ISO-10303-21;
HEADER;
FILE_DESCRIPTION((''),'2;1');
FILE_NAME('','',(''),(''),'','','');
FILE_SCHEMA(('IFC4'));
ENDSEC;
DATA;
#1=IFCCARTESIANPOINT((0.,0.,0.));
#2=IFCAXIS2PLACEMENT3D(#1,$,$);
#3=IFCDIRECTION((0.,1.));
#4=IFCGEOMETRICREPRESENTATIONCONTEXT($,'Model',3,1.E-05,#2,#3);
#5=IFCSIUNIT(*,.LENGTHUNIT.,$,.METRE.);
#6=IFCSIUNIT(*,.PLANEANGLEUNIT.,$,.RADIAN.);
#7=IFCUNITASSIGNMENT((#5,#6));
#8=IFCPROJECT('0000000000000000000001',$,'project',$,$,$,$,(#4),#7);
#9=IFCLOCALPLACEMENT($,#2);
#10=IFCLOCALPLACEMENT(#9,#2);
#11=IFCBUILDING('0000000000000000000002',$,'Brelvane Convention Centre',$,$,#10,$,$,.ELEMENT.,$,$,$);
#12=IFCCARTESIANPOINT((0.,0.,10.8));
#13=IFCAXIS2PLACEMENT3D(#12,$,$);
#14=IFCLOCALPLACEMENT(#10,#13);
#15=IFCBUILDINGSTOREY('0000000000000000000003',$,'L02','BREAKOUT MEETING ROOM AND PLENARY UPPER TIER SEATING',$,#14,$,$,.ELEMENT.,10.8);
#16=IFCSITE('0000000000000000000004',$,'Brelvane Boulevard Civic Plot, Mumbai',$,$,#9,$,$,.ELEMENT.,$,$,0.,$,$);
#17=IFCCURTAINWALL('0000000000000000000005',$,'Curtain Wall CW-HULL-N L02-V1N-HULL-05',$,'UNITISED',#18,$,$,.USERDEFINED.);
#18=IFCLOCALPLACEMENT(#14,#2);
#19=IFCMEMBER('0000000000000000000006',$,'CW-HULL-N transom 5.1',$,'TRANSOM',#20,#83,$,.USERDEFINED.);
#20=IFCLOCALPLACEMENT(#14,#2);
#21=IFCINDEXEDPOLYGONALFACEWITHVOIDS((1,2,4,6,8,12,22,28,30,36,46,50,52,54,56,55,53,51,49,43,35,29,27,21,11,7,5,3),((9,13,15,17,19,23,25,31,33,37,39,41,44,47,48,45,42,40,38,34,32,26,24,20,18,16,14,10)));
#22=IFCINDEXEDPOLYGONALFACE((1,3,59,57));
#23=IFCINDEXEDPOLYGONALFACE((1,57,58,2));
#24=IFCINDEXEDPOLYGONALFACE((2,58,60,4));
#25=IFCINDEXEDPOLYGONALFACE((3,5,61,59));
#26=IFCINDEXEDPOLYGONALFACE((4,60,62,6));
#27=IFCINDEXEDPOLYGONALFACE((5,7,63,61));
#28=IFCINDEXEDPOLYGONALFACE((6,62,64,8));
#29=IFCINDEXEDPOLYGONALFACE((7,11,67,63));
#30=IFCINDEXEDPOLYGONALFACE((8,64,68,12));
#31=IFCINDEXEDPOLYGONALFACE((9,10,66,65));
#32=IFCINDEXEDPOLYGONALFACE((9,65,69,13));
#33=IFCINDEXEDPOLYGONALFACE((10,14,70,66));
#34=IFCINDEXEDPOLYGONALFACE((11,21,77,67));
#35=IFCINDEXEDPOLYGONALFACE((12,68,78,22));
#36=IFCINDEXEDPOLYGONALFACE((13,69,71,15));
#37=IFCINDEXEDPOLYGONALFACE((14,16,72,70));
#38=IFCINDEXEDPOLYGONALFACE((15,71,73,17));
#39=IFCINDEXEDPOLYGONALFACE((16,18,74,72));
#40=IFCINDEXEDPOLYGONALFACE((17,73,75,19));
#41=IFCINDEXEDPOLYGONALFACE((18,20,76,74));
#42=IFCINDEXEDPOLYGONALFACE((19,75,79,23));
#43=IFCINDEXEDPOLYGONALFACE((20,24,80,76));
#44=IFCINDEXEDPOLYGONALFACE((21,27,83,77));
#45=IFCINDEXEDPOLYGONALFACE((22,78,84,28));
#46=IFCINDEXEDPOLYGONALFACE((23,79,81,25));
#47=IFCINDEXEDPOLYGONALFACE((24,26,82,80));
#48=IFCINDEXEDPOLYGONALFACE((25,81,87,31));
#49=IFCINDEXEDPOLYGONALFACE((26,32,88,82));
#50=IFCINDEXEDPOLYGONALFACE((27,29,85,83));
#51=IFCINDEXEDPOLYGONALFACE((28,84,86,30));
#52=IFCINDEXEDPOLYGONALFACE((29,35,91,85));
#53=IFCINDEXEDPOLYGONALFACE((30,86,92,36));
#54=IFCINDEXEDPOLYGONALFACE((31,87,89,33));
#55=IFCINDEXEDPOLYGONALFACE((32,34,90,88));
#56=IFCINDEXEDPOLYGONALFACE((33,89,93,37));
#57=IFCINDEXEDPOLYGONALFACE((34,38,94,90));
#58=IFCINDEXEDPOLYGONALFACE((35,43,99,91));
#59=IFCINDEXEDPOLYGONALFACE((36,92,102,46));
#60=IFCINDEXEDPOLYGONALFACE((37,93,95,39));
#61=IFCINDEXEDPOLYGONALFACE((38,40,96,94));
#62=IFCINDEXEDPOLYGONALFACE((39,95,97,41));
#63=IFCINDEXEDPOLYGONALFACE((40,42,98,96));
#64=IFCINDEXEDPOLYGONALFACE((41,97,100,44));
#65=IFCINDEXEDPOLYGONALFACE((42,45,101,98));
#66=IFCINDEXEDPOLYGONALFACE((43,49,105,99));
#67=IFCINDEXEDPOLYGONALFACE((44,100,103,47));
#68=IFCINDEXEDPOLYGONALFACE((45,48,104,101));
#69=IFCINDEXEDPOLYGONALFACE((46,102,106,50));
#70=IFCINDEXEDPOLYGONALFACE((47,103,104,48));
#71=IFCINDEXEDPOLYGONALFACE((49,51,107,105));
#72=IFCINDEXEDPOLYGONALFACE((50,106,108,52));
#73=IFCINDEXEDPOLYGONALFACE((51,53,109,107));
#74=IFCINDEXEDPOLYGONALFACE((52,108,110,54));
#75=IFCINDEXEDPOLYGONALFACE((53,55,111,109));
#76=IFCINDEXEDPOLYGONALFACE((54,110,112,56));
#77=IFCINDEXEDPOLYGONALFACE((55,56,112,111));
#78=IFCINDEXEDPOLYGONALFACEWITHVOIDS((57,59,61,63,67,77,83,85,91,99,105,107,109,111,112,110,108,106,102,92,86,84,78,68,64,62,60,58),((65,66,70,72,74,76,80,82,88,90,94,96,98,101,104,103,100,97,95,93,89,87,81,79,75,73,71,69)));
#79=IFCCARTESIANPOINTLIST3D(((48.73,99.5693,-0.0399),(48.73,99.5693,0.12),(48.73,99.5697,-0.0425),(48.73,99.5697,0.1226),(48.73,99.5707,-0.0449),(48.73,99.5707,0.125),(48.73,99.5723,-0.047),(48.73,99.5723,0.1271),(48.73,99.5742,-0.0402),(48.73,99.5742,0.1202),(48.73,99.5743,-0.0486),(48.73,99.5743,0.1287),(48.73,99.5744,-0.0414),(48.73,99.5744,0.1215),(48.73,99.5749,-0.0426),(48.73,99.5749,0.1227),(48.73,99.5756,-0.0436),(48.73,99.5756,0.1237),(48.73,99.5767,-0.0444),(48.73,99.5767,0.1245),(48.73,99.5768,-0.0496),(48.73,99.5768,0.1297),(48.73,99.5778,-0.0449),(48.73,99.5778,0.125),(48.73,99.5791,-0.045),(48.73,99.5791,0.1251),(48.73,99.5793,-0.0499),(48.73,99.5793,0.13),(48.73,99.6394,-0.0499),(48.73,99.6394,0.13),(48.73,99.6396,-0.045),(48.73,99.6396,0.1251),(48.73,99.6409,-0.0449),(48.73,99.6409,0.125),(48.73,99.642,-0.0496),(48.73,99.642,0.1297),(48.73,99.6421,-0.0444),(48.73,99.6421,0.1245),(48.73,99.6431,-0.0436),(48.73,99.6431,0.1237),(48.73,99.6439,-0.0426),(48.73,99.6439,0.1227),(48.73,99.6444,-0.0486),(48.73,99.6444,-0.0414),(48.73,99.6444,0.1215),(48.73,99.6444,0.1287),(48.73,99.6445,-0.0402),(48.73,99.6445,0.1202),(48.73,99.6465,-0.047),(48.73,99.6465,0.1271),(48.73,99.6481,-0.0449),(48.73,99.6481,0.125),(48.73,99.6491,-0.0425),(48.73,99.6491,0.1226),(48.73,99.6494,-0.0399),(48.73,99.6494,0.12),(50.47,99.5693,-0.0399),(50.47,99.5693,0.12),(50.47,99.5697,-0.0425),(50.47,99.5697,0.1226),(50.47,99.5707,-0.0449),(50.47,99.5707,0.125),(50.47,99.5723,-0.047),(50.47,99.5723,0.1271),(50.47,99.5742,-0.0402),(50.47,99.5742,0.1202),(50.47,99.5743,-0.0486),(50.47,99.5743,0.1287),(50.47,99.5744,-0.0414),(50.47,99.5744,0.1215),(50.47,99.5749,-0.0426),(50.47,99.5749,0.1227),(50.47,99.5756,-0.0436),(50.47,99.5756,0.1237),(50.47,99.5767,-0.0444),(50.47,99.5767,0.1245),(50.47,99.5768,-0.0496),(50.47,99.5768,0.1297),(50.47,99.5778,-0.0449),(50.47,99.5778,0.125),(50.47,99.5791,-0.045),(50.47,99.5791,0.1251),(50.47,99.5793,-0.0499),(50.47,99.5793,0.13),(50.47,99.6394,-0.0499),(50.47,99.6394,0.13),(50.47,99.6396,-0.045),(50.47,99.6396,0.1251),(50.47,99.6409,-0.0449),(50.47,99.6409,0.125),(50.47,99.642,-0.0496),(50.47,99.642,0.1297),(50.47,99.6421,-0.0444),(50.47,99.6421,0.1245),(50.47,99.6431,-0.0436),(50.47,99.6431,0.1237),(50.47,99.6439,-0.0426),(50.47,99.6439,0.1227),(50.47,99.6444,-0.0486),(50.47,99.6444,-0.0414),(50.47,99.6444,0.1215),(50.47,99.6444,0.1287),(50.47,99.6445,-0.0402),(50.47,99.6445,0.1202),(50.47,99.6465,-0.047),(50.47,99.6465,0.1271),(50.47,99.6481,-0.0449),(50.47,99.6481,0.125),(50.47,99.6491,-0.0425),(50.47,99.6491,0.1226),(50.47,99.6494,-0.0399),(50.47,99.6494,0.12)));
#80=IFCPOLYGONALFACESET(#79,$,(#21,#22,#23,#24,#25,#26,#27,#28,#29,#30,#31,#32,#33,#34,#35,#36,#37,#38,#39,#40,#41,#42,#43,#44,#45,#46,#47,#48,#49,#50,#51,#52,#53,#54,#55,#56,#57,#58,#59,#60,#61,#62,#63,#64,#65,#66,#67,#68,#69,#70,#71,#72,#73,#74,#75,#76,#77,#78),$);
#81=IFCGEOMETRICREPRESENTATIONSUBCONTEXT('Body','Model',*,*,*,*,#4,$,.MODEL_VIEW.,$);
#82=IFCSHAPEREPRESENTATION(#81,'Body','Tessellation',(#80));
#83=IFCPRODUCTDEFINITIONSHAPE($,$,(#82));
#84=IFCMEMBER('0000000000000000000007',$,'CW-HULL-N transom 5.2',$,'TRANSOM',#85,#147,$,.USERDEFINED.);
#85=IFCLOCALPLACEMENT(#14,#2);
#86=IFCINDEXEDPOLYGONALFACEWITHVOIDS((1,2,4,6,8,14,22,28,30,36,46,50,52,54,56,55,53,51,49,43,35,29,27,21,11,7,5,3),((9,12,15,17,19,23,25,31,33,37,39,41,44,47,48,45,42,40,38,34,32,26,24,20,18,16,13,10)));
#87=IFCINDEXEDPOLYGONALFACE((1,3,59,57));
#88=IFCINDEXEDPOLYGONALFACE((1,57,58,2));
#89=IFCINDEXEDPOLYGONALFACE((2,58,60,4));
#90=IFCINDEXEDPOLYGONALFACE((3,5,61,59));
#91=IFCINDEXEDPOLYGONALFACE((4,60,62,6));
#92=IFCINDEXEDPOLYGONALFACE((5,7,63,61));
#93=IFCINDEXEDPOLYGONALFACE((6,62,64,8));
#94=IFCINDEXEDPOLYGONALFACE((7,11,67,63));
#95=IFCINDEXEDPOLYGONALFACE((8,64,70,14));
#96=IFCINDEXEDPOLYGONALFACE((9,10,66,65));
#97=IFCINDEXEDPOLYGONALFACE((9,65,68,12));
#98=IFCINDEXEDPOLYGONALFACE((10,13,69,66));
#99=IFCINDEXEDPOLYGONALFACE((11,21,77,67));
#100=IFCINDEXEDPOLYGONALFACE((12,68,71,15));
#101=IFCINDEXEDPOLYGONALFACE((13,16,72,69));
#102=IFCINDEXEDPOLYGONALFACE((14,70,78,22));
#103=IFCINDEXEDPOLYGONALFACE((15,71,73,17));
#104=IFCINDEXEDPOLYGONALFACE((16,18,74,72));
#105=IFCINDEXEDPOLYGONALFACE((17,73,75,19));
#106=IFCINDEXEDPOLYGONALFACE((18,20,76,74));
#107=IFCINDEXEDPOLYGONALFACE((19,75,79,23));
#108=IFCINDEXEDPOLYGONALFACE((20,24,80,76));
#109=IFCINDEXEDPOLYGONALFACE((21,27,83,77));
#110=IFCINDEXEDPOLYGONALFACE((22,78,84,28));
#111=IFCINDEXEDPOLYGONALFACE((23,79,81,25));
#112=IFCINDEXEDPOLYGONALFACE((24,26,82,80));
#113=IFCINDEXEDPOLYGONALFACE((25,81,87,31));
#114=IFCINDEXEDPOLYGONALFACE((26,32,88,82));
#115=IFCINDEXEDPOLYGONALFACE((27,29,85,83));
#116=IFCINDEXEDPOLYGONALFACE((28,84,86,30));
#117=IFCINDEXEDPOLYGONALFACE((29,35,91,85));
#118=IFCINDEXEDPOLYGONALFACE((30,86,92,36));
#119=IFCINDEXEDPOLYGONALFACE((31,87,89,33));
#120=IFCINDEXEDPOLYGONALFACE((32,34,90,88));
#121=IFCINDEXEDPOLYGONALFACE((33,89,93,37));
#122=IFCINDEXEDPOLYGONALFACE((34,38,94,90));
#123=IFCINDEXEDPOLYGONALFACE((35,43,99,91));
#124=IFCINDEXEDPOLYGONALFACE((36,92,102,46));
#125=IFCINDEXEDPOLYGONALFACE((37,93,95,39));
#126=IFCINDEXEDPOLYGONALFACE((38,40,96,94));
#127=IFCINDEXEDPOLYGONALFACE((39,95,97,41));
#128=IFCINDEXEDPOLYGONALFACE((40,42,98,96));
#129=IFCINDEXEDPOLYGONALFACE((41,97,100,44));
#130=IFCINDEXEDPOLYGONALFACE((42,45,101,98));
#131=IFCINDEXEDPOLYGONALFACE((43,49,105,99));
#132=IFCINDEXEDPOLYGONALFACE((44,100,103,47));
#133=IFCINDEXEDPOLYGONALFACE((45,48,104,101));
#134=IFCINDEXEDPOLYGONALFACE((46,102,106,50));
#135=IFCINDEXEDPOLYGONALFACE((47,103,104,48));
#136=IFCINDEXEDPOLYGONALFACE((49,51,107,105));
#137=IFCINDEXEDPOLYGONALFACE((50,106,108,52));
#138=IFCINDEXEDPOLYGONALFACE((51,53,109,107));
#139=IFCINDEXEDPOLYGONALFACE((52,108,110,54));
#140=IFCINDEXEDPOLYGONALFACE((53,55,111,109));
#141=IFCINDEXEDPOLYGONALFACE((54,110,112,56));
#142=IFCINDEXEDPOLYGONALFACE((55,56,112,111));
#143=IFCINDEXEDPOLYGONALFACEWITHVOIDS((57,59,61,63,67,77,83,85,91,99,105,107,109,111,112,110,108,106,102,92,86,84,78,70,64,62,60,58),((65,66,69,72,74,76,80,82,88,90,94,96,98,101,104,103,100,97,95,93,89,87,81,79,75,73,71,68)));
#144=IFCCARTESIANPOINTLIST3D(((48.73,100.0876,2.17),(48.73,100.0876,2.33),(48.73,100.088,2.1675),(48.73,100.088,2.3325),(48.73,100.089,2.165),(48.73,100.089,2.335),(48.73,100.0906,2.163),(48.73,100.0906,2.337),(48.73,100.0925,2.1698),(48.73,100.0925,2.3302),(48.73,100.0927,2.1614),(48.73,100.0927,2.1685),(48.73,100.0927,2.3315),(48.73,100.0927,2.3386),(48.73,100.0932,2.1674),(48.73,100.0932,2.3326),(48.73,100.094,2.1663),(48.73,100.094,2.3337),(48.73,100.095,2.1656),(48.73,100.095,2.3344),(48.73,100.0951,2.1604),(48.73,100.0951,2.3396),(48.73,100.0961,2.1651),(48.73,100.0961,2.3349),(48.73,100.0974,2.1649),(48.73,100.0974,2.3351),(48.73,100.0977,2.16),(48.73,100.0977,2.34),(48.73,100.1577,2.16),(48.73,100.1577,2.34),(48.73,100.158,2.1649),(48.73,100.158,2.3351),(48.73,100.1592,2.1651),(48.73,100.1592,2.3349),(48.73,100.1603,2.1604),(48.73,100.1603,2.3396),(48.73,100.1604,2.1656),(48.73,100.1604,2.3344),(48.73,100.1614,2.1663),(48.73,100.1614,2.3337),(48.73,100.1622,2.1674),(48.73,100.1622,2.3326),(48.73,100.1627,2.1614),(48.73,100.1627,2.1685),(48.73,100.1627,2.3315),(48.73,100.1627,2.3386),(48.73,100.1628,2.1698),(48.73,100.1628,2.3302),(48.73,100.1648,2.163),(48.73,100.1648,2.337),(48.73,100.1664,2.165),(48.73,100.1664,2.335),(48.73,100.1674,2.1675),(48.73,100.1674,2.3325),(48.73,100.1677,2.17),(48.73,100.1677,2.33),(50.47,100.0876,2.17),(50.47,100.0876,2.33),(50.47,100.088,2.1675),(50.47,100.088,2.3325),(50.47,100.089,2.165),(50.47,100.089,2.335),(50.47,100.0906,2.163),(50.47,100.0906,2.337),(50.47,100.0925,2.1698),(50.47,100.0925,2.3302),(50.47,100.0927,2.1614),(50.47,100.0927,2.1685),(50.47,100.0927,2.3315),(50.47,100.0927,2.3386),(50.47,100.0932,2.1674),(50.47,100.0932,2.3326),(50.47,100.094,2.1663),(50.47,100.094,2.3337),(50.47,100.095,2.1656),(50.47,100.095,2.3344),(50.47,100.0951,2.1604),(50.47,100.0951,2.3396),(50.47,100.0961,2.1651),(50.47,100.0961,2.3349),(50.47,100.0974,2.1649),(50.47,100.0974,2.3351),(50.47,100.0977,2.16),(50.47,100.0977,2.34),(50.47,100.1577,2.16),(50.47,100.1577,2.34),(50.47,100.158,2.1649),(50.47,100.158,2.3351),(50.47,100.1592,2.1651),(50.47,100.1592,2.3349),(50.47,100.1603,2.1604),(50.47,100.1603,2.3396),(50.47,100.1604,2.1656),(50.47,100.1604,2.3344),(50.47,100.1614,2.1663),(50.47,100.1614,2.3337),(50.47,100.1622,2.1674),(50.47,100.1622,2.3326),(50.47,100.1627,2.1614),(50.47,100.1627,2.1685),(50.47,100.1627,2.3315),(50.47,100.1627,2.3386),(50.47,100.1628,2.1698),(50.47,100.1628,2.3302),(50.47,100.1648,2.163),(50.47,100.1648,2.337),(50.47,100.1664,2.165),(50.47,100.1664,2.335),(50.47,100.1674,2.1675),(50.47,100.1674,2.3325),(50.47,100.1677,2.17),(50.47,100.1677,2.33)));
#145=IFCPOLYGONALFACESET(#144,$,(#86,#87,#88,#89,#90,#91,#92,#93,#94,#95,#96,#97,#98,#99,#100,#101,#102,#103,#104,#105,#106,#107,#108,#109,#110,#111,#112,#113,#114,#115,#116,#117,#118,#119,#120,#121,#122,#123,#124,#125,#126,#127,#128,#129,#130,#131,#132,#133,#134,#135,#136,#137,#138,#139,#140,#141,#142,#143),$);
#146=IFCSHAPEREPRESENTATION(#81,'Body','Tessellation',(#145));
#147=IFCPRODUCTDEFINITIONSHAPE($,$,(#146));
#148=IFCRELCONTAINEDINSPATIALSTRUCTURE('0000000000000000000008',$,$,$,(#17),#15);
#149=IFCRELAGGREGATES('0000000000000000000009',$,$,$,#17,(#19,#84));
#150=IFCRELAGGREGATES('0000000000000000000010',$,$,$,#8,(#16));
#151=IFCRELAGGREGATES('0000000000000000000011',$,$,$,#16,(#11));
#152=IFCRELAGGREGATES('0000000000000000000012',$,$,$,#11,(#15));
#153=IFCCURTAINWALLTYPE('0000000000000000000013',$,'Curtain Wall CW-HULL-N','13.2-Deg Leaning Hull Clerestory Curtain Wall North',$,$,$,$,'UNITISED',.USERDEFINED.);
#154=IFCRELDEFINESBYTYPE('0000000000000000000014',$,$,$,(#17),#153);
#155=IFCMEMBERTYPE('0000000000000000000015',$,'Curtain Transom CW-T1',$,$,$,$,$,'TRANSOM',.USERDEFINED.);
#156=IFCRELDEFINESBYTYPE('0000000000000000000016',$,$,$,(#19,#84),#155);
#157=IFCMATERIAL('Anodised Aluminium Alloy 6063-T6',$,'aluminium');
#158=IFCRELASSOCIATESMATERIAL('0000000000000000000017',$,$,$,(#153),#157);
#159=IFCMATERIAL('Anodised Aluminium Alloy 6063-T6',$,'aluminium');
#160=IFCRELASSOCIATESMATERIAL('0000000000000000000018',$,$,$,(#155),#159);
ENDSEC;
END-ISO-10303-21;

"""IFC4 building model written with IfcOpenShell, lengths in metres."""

from ifc_helpers import new_model, si_unit, direction, frame, origin, origin_2d, place, context, subcontext, project, spatial, hollow_rectangle, extrude, material, material_profile, profile_set, type_object, element, aggregate, save


model = new_model("IFC4")

# Units and contexts
model_context = context("Model", 3, precision=1e-05, world=origin(), true_north=direction((0.0, 1.0)))
body_context = subcontext(model_context, "Body", "Model", "MODEL_VIEW")
ifc_project = project(units=[si_unit("LENGTHUNIT", "METRE"), si_unit("PLANEANGLEUNIT", "RADIAN")], contexts=[model_context])

# Site, building, storey
site_placement = place(None, origin())
site = spatial("IfcSite", under=ifc_project, at=site_placement, Name="Brelvane Boulevard Civic Plot, Mumbai", CompositionType="ELEMENT", RefElevation=0.0)
building_placement = place(site_placement, origin())
building = spatial("IfcBuilding", under=site, at=building_placement, Name="Brelvane Convention Centre", CompositionType="ELEMENT")
storey_placement = place(building_placement, frame((0.0, 0.0, 10.8)))
storey = spatial("IfcBuildingStorey", under=building, at=storey_placement, Name="L02", Description="BREAKOUT MEETING ROOM AND PLENARY UPPER TIER SEATING", CompositionType="ELEMENT", Elevation=10.8)

# Curtain wall, members
ifc_material_1 = material(Name="Anodised Aluminium Alloy 6063-T6", Category="aluminium")
curtain_wall_type = type_object("IfcCurtainWallType", Name="Curtain Wall CW-HULL-N", Description="13.2-Deg Leaning Hull Clerestory Curtain Wall North", ElementType="UNITISED", PredefinedType="USERDEFINED", material=ifc_material_1)
curtain_wall_placement = place(storey_placement, origin())
curtain_wall = element("IfcCurtainWall", 1, at=curtain_wall_placement, inside=storey, type_object=curtain_wall_type, Name="Curtain Wall CW-HULL-N L02-V1N-HULL-05", ObjectType="UNITISED", PredefinedType="USERDEFINED")
ifc_material_2 = material(Name="Anodised Aluminium Alloy 6063-T6", Category="aluminium")
ifc_material_profile_1 = material_profile(ifc_material_2, hollow_rectangle(XDim=0.0801, YDim=0.1799, WallThickness=0.0049, InnerFilletRadius=0.0049, OuterFilletRadius=0.01, at=origin_2d()), Name="ALU-T 180x80x5.0")
ifc_profile_set_1 = profile_set([ifc_material_profile_1], Name="Anodised Aluminium Alloy 6063-T6")
member_type_1 = type_object("IfcMemberType", Name="Curtain Transom CW-T1", ElementType="TRANSOM", PredefinedType="USERDEFINED", material=ifc_profile_set_1)
member_1_placement = place(storey_placement, frame((48.73, 99.6094, 0.04), z_axis=(1.0, 0.0, 0.0), x_axis=(0.0, 1.0, 0.0)))
member_1 = element("IfcMember", 2, at=member_1_placement, type_object=member_type_1, Name="CW-HULL-N transom 5.1", ObjectType="TRANSOM", PredefinedType="USERDEFINED", context=body_context, shape_type="SweptSolid", body=[
    extrude(hollow_rectangle(XDim=0.0801, YDim=0.1799, WallThickness=0.0049, InnerFilletRadius=0.0049, OuterFilletRadius=0.01, at=origin_2d()), origin(), (0.0, 0.0, 1.0), 1.74),
])
member_2_placement = place(storey_placement, frame((48.73, 100.1277, 2.25), z_axis=(1.0, 0.0, 0.0), x_axis=(0.0, 1.0, 0.0)))
member_2 = element("IfcMember", 3, at=member_2_placement, type_object=member_type_1, Name="CW-HULL-N transom 5.2", ObjectType="TRANSOM", PredefinedType="USERDEFINED", context=body_context, shape_type="SweptSolid", body=[
    extrude(hollow_rectangle(XDim=0.0801, YDim=0.1799, WallThickness=0.0049, InnerFilletRadius=0.0049, OuterFilletRadius=0.01, at=origin_2d()), origin(), (0.0, 0.0, 1.0), 1.74),
])

aggregate(curtain_wall, [member_1, member_2])

save(model, "model.ifc")
